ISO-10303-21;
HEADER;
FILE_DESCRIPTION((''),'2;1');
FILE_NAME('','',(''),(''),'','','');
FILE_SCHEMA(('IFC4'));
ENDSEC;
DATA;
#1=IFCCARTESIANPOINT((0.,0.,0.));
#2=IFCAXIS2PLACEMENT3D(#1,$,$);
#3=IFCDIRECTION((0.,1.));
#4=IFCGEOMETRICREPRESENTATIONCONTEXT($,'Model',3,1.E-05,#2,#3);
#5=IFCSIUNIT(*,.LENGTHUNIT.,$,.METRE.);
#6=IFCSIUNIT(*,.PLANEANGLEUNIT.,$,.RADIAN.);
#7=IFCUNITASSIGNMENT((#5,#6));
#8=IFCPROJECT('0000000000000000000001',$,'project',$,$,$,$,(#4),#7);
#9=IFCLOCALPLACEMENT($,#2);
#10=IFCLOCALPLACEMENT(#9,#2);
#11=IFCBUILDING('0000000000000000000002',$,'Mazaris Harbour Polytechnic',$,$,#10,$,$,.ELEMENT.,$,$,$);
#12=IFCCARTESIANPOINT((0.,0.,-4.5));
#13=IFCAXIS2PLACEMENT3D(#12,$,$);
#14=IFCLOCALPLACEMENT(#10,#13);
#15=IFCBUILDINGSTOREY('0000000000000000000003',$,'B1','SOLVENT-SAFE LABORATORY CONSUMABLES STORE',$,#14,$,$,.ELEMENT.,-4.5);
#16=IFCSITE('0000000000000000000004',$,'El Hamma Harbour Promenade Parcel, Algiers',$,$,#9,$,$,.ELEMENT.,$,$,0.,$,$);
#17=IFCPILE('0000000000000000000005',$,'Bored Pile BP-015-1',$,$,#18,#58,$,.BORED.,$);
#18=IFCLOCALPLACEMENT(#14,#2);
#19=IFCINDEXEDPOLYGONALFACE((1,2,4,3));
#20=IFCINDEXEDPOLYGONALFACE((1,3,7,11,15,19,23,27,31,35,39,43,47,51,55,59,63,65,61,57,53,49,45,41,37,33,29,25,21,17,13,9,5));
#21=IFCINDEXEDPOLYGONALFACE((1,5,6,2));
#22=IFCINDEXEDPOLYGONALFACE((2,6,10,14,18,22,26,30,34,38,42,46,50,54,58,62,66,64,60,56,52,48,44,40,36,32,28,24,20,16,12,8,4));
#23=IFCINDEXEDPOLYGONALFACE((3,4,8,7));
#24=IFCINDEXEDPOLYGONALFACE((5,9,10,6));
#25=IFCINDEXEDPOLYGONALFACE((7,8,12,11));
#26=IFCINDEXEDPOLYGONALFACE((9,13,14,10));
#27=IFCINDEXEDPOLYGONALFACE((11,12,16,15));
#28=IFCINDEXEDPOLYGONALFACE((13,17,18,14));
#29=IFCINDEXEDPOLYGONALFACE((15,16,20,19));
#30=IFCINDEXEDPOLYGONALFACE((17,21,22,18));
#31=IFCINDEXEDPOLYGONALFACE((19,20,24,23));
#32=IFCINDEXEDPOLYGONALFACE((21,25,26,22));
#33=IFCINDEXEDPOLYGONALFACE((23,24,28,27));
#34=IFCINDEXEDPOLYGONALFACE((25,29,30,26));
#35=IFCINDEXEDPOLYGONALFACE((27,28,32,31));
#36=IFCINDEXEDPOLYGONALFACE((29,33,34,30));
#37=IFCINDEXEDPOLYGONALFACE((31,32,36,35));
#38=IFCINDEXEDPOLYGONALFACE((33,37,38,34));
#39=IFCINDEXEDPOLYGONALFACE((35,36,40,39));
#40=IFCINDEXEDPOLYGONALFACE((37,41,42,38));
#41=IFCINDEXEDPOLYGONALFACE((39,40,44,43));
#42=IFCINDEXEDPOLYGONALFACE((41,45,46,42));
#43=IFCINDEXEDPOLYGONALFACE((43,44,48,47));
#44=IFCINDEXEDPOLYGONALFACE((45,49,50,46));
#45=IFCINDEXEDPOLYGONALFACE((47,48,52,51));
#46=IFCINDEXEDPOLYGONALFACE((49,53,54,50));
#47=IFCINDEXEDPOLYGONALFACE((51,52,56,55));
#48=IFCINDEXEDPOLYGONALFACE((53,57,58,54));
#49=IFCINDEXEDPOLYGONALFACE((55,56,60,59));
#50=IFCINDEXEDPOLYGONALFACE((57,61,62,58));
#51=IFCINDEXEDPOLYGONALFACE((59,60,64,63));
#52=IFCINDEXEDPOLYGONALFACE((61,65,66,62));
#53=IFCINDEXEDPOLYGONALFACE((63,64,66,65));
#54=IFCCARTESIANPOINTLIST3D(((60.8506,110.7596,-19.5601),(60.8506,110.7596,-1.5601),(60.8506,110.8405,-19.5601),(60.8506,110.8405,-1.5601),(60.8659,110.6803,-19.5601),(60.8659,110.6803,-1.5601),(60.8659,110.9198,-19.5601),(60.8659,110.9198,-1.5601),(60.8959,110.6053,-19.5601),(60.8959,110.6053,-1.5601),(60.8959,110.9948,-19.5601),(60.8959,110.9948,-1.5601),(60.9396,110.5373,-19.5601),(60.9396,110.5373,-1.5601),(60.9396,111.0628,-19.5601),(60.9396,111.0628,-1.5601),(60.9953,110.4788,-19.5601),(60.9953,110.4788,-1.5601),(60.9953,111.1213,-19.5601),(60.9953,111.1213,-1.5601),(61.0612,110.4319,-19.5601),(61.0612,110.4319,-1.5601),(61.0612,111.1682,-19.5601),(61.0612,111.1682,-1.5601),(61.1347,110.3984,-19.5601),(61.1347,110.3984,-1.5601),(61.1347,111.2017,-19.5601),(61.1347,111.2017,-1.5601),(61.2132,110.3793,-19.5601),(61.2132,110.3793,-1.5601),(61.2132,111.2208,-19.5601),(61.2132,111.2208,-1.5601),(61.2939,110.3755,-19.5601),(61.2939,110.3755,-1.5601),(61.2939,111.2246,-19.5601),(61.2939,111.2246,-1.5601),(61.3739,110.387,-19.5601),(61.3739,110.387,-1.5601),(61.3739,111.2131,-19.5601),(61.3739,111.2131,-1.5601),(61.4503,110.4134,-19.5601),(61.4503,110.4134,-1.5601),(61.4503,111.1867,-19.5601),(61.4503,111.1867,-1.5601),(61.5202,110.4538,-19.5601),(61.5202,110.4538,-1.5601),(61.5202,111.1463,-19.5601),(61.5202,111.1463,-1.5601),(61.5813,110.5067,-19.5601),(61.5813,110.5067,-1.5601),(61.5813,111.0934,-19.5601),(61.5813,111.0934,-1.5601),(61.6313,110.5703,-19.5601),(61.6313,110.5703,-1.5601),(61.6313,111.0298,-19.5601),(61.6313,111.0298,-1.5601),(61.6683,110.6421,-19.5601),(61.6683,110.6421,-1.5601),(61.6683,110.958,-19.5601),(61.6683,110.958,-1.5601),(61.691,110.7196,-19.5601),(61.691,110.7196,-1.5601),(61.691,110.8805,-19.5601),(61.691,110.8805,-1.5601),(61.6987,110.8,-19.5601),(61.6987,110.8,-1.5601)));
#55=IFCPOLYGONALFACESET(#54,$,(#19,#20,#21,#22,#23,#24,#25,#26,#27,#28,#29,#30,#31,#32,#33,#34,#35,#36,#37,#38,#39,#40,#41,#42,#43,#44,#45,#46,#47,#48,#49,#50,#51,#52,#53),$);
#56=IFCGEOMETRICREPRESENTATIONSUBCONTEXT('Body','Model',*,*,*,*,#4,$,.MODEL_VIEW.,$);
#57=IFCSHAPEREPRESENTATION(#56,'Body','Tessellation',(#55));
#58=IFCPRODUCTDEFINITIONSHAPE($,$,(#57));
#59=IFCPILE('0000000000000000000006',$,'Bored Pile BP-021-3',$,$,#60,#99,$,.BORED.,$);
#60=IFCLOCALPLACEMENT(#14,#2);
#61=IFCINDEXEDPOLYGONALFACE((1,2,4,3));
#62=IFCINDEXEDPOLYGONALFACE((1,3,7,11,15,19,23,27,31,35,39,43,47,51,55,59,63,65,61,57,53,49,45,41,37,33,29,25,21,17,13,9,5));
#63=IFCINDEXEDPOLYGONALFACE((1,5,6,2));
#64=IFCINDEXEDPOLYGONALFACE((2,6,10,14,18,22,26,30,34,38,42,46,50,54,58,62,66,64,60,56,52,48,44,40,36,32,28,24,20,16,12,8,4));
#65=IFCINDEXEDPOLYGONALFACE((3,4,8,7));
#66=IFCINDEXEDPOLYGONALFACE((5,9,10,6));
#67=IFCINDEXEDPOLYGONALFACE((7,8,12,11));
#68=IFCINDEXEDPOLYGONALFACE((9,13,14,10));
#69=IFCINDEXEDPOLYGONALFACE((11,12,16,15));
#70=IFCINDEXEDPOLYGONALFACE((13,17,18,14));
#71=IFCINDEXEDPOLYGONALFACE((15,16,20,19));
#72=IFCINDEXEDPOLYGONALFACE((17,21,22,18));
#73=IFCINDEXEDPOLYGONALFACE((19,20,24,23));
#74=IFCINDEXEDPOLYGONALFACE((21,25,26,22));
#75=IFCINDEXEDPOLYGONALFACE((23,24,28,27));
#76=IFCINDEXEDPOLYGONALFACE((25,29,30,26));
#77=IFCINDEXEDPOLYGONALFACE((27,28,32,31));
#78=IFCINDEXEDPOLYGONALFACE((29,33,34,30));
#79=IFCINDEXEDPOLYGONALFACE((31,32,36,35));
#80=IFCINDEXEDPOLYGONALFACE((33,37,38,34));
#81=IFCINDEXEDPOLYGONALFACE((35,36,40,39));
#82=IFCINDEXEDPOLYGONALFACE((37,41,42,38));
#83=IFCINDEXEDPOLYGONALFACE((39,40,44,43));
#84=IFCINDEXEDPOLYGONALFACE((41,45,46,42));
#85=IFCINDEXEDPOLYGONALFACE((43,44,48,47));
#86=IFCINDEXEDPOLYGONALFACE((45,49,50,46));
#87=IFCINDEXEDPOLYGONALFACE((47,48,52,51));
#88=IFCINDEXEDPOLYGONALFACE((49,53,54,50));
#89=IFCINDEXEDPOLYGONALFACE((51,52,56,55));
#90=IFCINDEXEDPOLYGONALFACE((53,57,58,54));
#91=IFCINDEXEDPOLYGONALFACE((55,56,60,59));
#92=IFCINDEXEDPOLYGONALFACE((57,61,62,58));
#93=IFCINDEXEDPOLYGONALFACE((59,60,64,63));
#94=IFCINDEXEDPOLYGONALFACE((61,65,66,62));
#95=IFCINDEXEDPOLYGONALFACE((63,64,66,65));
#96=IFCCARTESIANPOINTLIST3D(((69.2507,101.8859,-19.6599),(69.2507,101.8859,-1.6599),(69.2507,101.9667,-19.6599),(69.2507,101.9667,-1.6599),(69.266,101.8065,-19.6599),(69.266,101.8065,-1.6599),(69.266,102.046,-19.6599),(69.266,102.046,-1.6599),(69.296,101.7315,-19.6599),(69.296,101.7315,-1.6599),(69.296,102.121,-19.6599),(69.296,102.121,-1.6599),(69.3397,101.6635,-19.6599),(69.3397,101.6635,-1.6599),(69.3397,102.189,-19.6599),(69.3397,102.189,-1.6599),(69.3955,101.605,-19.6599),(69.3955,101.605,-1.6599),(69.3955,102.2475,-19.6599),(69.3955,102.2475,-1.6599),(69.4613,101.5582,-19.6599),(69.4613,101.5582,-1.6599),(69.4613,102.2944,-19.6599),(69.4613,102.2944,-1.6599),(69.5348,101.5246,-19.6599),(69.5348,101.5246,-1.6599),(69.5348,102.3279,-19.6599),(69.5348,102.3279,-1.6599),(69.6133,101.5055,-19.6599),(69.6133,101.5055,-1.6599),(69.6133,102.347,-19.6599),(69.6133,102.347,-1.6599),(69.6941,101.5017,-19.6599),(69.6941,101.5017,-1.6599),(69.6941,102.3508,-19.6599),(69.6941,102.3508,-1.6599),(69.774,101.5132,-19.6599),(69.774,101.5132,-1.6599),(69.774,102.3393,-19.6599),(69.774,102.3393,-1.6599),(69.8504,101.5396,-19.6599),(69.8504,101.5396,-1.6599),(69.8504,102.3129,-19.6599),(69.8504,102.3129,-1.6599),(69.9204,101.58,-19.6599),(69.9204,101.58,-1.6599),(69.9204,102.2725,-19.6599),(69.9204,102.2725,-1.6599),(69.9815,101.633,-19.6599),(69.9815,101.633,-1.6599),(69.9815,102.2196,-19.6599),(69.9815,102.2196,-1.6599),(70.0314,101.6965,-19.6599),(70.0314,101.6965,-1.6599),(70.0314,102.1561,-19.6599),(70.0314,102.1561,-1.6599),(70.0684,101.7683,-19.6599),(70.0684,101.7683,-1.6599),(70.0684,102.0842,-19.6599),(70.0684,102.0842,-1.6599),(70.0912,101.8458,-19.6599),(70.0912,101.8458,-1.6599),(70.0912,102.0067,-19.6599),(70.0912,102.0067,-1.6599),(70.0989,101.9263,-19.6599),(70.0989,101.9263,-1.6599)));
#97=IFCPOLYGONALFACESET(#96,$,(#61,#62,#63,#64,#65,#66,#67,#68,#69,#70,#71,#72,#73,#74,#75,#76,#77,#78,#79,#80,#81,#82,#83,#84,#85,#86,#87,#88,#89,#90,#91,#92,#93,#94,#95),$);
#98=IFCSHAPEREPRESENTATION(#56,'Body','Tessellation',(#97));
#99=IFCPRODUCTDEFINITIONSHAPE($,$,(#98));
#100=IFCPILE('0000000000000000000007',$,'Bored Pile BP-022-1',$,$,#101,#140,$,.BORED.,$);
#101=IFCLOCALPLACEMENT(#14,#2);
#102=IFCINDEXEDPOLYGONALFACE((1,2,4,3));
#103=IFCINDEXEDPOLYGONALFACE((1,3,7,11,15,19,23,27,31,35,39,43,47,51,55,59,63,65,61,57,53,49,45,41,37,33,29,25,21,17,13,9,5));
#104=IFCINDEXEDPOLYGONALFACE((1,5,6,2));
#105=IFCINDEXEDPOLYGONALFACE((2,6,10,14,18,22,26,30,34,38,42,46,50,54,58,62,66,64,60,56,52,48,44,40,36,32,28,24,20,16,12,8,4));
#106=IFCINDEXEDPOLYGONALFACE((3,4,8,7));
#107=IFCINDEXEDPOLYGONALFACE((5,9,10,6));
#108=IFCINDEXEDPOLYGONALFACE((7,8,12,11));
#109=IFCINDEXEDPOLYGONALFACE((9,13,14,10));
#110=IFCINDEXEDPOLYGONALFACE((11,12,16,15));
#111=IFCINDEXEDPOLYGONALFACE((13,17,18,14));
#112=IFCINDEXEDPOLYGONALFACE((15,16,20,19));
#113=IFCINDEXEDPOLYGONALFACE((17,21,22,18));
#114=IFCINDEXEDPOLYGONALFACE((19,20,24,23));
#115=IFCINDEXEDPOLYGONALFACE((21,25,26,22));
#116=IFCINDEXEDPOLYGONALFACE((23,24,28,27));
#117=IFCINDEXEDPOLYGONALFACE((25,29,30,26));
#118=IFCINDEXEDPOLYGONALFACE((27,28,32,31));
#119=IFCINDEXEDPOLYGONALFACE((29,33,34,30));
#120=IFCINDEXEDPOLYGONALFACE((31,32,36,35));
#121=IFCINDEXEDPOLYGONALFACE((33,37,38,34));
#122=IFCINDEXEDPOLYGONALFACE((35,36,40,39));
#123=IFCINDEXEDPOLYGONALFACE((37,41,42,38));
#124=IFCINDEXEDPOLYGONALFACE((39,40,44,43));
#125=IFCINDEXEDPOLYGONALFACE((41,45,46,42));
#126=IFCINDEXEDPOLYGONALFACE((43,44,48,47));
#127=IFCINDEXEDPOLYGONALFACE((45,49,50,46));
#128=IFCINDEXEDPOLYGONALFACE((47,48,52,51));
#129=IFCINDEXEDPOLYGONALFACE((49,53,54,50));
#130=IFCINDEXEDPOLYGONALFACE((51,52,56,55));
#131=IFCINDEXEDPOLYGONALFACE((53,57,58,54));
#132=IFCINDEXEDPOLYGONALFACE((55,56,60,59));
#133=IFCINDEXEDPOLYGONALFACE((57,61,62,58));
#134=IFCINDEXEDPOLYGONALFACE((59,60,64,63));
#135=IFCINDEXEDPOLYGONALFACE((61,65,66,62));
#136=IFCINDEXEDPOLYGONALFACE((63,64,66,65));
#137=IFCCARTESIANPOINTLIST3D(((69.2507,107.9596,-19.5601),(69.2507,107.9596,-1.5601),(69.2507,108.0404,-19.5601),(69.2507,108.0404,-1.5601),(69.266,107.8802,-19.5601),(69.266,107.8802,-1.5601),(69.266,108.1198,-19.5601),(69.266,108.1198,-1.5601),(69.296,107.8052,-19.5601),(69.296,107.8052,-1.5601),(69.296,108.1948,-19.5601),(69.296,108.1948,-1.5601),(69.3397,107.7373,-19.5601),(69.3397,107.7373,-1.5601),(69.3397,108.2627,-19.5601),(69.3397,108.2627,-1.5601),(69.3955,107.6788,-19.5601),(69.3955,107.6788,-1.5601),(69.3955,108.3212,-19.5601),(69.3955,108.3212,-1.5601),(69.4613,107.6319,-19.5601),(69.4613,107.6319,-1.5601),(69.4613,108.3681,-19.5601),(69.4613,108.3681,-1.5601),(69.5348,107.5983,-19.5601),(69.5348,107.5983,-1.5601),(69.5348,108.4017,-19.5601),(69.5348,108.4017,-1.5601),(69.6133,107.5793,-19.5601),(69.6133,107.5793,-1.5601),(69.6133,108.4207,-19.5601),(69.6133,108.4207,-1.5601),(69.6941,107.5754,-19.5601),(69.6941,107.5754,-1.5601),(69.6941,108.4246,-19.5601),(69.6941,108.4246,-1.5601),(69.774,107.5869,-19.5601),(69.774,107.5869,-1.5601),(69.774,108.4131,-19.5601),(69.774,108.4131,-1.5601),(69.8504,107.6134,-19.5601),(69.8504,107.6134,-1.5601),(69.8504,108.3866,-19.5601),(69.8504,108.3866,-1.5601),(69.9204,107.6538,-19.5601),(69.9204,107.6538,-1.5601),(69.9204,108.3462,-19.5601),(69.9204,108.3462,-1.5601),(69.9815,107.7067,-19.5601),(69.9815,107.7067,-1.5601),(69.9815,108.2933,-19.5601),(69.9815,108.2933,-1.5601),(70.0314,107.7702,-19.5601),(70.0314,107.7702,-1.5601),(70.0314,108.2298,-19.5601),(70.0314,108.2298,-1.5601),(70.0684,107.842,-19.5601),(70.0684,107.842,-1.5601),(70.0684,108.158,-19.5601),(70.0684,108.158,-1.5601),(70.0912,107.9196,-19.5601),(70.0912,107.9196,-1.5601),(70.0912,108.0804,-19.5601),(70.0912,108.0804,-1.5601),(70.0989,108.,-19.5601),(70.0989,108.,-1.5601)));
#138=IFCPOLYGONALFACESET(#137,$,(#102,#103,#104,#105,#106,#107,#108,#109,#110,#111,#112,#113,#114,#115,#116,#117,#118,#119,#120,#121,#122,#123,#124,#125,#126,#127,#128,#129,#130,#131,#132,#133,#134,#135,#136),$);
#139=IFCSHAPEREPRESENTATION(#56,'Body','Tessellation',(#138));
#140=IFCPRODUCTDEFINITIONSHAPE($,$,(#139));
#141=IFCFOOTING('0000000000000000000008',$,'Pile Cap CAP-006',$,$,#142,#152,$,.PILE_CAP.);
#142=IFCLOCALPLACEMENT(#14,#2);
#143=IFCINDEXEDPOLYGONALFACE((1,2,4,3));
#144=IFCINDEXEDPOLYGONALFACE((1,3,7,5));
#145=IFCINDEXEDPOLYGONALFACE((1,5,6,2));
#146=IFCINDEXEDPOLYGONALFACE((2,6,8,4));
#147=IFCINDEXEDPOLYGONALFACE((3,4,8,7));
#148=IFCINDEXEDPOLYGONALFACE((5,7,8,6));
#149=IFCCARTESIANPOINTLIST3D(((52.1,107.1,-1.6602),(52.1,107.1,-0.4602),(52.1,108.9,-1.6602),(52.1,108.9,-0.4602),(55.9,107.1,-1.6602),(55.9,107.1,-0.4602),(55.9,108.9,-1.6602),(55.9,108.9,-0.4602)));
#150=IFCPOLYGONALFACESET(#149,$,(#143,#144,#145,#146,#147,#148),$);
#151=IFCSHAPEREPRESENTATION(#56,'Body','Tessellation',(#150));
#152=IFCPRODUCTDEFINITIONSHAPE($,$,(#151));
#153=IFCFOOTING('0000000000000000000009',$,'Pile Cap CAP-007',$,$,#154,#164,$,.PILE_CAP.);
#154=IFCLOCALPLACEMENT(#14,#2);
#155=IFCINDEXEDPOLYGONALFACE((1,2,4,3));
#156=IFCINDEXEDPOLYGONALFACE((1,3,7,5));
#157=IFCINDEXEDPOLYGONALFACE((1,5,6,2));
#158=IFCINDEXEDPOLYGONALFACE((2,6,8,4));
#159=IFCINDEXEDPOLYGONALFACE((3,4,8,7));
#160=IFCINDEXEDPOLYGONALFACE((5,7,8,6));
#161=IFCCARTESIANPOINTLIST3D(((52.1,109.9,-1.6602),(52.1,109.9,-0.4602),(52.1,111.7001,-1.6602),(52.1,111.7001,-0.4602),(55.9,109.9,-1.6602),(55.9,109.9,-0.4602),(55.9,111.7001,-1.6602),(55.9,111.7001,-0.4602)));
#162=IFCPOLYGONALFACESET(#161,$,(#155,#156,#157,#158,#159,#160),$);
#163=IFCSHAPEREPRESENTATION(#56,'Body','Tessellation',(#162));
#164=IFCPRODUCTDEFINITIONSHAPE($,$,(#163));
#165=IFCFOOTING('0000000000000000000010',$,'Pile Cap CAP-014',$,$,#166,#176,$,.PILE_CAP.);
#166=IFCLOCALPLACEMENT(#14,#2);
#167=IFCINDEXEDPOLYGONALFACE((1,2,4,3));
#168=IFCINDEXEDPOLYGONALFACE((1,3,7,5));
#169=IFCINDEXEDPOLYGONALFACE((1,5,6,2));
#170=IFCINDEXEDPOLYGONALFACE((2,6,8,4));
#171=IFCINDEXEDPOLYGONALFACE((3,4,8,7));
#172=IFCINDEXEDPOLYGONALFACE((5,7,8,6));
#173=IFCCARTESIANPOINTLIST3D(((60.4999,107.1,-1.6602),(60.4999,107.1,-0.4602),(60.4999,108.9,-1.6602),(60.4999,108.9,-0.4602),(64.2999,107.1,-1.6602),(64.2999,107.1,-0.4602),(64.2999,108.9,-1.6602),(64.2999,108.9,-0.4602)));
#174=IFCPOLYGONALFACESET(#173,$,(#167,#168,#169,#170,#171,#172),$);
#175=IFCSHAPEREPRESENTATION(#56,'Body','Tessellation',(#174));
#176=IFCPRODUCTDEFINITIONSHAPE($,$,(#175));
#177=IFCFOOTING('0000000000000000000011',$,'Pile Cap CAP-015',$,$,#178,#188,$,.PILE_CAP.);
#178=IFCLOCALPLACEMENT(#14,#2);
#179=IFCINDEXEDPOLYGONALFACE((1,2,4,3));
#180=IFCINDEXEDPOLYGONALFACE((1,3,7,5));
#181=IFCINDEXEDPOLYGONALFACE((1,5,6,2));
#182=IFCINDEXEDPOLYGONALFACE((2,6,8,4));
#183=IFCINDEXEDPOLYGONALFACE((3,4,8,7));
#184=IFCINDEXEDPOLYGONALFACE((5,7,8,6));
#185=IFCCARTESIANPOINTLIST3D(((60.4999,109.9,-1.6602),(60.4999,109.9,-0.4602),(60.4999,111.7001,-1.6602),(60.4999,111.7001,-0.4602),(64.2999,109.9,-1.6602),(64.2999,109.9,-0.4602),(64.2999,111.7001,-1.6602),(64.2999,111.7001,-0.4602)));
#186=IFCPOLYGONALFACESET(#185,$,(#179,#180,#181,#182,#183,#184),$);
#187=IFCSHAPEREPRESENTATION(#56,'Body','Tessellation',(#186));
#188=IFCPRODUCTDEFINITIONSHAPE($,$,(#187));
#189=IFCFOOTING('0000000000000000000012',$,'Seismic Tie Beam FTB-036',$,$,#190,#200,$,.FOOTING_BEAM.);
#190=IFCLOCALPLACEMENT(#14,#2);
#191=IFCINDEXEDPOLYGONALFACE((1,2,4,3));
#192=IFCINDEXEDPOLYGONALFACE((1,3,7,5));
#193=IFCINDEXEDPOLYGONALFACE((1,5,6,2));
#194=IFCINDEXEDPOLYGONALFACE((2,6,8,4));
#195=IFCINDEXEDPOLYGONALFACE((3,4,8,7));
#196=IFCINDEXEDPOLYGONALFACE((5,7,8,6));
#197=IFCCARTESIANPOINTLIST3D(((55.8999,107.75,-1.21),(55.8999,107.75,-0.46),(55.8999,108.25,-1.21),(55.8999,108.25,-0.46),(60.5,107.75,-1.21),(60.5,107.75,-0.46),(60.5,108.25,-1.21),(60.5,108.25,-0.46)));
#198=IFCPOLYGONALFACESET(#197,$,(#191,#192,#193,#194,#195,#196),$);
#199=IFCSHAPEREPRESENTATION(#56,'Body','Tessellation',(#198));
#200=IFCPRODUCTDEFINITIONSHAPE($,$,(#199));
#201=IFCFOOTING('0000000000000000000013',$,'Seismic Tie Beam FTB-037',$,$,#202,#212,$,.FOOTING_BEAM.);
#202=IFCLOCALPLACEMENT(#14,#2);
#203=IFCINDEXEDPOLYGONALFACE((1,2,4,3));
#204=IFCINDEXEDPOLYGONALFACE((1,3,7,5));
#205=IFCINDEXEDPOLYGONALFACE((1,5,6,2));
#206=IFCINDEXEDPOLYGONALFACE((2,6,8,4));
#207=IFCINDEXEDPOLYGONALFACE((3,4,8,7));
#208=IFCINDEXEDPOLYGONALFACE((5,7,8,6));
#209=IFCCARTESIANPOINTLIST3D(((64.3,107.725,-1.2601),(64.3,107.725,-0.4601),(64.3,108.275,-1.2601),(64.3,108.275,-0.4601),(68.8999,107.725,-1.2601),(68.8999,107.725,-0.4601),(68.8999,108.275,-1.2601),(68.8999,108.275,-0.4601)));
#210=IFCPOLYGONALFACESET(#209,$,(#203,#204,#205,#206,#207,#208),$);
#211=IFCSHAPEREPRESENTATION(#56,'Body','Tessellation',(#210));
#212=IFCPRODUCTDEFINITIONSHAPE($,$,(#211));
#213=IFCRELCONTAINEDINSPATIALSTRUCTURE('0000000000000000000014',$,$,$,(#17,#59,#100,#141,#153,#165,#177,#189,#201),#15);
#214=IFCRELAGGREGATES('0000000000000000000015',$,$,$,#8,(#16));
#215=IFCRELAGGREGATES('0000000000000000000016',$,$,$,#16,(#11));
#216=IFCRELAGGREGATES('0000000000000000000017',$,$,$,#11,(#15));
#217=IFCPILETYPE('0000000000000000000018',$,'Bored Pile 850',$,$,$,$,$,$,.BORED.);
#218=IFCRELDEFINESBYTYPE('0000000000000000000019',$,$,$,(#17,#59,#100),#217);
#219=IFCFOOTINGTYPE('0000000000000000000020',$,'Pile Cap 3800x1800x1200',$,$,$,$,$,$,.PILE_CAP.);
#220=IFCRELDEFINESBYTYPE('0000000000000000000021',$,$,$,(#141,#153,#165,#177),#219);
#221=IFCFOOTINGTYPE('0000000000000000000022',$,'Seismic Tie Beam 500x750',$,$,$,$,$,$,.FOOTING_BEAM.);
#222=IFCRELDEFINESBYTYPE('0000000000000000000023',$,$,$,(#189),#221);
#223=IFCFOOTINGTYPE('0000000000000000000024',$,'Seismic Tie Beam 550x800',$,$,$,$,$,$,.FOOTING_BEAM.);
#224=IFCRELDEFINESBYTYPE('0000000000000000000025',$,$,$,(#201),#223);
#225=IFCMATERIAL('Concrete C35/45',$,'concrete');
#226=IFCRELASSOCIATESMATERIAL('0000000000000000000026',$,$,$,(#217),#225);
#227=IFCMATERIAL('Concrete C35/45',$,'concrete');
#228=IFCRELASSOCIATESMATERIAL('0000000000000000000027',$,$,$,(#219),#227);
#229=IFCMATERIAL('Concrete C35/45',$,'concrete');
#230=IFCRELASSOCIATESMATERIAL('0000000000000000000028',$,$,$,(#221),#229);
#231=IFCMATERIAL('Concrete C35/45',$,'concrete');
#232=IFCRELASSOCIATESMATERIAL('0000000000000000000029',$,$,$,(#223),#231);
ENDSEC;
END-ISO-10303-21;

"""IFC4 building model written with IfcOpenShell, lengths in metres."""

from ifc_helpers import new_model, si_unit, direction, frame, origin, origin_2d, place, context, subcontext, project, spatial, rectangle, circle, extrude, material, material_profile, profile_set, type_object, element, save


model = new_model("IFC4")

# Units and contexts
model_context = context("Model", 3, precision=1e-05, world=origin(), true_north=direction((0.0, 1.0)))
body_context = subcontext(model_context, "Body", "Model", "MODEL_VIEW")
ifc_project = project(units=[si_unit("LENGTHUNIT", "METRE"), si_unit("PLANEANGLEUNIT", "RADIAN")], contexts=[model_context])

# Site, building, storey
site_placement = place(None, origin())
site = spatial("IfcSite", under=ifc_project, at=site_placement, Name="El Hamma Harbour Promenade Parcel, Algiers", CompositionType="ELEMENT", RefElevation=0.0)
building_placement = place(site_placement, origin())
building = spatial("IfcBuilding", under=site, at=building_placement, Name="Mazaris Harbour Polytechnic", CompositionType="ELEMENT")
storey_placement = place(building_placement, frame((0.0, 0.0, -4.5)))
storey = spatial("IfcBuildingStorey", under=building, at=storey_placement, Name="B1", Description="SOLVENT-SAFE LABORATORY CONSUMABLES STORE", CompositionType="ELEMENT", Elevation=-4.5)

# Piles
ifc_material_1 = material(Name="Concrete C35/45", Category="concrete")
ifc_material_profile_1 = material_profile(ifc_material_1, circle(Radius=0.425, at=origin_2d()), Name="DIA850")
ifc_profile_set_1 = profile_set([ifc_material_profile_1], Name="Concrete C35/45")
pile_type_1 = type_object("IfcPileType", Name="Bored Pile 850", PredefinedType="BORED", material=ifc_profile_set_1)
for number, where, z_axis, x_axis, name in (
    (1, (61.2737, 110.8, -1.5601), (0.0, 0.0, -1.0), (1.0, 0.0, 0.0), "Bored Pile BP-015-1"),
    (2, (69.6738, 101.9263, -1.6599), (0.0, 0.0, -1.0), (1.0, 0.0, 0.0), "Bored Pile BP-021-3"),
    (3, (69.6738, 108.0, -1.5601), (0.0, 0.0, -1.0), (1.0, 0.0, 0.0), "Bored Pile BP-022-1"),
):
    element("IfcPile", number, at=place(storey_placement, frame(where, z_axis=z_axis, x_axis=x_axis)), inside=storey, type_object=pile_type_1, Name=name, PredefinedType="BORED", context=body_context, shape_type="SweptSolid", body=[
        extrude(circle(Radius=0.425, at=origin_2d()), origin(), (0.0, 0.0, 1.0), 18.0),
    ])

# Footings
ifc_material_2 = material(Name="Concrete C35/45", Category="concrete")
footing_type_1 = type_object("IfcFootingType", Name="Pile Cap 3800x1800x1200", PredefinedType="PILE_CAP", material=ifc_material_2)
for number, where, z_axis, x_axis, name in (
    (4, (54.0, 108.0, -1.6602), (0.0, 0.0, 1.0), (1.0, 0.0, 0.0), "Pile Cap CAP-006"),
    (5, (54.0, 110.8, -1.6602), (0.0, 0.0, 1.0), (1.0, 0.0, 0.0), "Pile Cap CAP-007"),
    (6, (62.3999, 108.0, -1.6602), (0.0, 0.0, 1.0), (1.0, 0.0, 0.0), "Pile Cap CAP-014"),
    (7, (62.3999, 110.8, -1.6602), (0.0, 0.0, 1.0), (1.0, 0.0, 0.0), "Pile Cap CAP-015"),
):
    element("IfcFooting", number, at=place(storey_placement, frame(where, z_axis=z_axis, x_axis=x_axis)), inside=storey, type_object=footing_type_1, Name=name, PredefinedType="PILE_CAP", context=body_context, shape_type="SweptSolid", body=[
        extrude(rectangle(XDim=3.8, YDim=1.8, at=origin_2d()), origin(), (0.0, 0.0, 1.0), 1.2),
    ])
ifc_material_3 = material(Name="Concrete C35/45", Category="concrete")
ifc_material_profile_2 = material_profile(ifc_material_3, rectangle(XDim=0.5, YDim=0.75, at=origin_2d()), Name="RECT500x750")
ifc_profile_set_2 = profile_set([ifc_material_profile_2], Name="Concrete C35/45")
footing_type_2 = type_object("IfcFootingType", Name="Seismic Tie Beam 500x750", PredefinedType="FOOTING_BEAM", material=ifc_profile_set_2)
footing_1_placement = place(storey_placement, frame((55.8999, 108.0, -0.835), z_axis=(1.0, 0.0, 0.0), x_axis=(0.0, 1.0, 0.0)))
element("IfcFooting", 8, at=footing_1_placement, inside=storey, type_object=footing_type_2, Name="Seismic Tie Beam FTB-036", PredefinedType="FOOTING_BEAM", context=body_context, shape_type="SweptSolid", body=[
    extrude(rectangle(XDim=0.5, YDim=0.75, at=origin_2d()), origin(), (0.0, 0.0, 1.0), 4.6001),
])
ifc_material_4 = material(Name="Concrete C35/45", Category="concrete")
ifc_material_profile_3 = material_profile(ifc_material_4, rectangle(XDim=0.55, YDim=0.8, at=origin_2d()), Name="RECT550x800")
ifc_profile_set_3 = profile_set([ifc_material_profile_3], Name="Concrete C35/45")
footing_type_3 = type_object("IfcFootingType", Name="Seismic Tie Beam 550x800", PredefinedType="FOOTING_BEAM", material=ifc_profile_set_3)
footing_2_placement = place(storey_placement, frame((64.3, 108.0, -0.8601), z_axis=(1.0, 0.0, 0.0), x_axis=(0.0, 1.0, 0.0)))
element("IfcFooting", 9, at=footing_2_placement, inside=storey, type_object=footing_type_3, Name="Seismic Tie Beam FTB-037", PredefinedType="FOOTING_BEAM", context=body_context, shape_type="SweptSolid", body=[
    extrude(rectangle(XDim=0.55, YDim=0.8, at=origin_2d()), origin(), (0.0, 0.0, 1.0), 4.5999),
])

save(model, "model.ifc")
